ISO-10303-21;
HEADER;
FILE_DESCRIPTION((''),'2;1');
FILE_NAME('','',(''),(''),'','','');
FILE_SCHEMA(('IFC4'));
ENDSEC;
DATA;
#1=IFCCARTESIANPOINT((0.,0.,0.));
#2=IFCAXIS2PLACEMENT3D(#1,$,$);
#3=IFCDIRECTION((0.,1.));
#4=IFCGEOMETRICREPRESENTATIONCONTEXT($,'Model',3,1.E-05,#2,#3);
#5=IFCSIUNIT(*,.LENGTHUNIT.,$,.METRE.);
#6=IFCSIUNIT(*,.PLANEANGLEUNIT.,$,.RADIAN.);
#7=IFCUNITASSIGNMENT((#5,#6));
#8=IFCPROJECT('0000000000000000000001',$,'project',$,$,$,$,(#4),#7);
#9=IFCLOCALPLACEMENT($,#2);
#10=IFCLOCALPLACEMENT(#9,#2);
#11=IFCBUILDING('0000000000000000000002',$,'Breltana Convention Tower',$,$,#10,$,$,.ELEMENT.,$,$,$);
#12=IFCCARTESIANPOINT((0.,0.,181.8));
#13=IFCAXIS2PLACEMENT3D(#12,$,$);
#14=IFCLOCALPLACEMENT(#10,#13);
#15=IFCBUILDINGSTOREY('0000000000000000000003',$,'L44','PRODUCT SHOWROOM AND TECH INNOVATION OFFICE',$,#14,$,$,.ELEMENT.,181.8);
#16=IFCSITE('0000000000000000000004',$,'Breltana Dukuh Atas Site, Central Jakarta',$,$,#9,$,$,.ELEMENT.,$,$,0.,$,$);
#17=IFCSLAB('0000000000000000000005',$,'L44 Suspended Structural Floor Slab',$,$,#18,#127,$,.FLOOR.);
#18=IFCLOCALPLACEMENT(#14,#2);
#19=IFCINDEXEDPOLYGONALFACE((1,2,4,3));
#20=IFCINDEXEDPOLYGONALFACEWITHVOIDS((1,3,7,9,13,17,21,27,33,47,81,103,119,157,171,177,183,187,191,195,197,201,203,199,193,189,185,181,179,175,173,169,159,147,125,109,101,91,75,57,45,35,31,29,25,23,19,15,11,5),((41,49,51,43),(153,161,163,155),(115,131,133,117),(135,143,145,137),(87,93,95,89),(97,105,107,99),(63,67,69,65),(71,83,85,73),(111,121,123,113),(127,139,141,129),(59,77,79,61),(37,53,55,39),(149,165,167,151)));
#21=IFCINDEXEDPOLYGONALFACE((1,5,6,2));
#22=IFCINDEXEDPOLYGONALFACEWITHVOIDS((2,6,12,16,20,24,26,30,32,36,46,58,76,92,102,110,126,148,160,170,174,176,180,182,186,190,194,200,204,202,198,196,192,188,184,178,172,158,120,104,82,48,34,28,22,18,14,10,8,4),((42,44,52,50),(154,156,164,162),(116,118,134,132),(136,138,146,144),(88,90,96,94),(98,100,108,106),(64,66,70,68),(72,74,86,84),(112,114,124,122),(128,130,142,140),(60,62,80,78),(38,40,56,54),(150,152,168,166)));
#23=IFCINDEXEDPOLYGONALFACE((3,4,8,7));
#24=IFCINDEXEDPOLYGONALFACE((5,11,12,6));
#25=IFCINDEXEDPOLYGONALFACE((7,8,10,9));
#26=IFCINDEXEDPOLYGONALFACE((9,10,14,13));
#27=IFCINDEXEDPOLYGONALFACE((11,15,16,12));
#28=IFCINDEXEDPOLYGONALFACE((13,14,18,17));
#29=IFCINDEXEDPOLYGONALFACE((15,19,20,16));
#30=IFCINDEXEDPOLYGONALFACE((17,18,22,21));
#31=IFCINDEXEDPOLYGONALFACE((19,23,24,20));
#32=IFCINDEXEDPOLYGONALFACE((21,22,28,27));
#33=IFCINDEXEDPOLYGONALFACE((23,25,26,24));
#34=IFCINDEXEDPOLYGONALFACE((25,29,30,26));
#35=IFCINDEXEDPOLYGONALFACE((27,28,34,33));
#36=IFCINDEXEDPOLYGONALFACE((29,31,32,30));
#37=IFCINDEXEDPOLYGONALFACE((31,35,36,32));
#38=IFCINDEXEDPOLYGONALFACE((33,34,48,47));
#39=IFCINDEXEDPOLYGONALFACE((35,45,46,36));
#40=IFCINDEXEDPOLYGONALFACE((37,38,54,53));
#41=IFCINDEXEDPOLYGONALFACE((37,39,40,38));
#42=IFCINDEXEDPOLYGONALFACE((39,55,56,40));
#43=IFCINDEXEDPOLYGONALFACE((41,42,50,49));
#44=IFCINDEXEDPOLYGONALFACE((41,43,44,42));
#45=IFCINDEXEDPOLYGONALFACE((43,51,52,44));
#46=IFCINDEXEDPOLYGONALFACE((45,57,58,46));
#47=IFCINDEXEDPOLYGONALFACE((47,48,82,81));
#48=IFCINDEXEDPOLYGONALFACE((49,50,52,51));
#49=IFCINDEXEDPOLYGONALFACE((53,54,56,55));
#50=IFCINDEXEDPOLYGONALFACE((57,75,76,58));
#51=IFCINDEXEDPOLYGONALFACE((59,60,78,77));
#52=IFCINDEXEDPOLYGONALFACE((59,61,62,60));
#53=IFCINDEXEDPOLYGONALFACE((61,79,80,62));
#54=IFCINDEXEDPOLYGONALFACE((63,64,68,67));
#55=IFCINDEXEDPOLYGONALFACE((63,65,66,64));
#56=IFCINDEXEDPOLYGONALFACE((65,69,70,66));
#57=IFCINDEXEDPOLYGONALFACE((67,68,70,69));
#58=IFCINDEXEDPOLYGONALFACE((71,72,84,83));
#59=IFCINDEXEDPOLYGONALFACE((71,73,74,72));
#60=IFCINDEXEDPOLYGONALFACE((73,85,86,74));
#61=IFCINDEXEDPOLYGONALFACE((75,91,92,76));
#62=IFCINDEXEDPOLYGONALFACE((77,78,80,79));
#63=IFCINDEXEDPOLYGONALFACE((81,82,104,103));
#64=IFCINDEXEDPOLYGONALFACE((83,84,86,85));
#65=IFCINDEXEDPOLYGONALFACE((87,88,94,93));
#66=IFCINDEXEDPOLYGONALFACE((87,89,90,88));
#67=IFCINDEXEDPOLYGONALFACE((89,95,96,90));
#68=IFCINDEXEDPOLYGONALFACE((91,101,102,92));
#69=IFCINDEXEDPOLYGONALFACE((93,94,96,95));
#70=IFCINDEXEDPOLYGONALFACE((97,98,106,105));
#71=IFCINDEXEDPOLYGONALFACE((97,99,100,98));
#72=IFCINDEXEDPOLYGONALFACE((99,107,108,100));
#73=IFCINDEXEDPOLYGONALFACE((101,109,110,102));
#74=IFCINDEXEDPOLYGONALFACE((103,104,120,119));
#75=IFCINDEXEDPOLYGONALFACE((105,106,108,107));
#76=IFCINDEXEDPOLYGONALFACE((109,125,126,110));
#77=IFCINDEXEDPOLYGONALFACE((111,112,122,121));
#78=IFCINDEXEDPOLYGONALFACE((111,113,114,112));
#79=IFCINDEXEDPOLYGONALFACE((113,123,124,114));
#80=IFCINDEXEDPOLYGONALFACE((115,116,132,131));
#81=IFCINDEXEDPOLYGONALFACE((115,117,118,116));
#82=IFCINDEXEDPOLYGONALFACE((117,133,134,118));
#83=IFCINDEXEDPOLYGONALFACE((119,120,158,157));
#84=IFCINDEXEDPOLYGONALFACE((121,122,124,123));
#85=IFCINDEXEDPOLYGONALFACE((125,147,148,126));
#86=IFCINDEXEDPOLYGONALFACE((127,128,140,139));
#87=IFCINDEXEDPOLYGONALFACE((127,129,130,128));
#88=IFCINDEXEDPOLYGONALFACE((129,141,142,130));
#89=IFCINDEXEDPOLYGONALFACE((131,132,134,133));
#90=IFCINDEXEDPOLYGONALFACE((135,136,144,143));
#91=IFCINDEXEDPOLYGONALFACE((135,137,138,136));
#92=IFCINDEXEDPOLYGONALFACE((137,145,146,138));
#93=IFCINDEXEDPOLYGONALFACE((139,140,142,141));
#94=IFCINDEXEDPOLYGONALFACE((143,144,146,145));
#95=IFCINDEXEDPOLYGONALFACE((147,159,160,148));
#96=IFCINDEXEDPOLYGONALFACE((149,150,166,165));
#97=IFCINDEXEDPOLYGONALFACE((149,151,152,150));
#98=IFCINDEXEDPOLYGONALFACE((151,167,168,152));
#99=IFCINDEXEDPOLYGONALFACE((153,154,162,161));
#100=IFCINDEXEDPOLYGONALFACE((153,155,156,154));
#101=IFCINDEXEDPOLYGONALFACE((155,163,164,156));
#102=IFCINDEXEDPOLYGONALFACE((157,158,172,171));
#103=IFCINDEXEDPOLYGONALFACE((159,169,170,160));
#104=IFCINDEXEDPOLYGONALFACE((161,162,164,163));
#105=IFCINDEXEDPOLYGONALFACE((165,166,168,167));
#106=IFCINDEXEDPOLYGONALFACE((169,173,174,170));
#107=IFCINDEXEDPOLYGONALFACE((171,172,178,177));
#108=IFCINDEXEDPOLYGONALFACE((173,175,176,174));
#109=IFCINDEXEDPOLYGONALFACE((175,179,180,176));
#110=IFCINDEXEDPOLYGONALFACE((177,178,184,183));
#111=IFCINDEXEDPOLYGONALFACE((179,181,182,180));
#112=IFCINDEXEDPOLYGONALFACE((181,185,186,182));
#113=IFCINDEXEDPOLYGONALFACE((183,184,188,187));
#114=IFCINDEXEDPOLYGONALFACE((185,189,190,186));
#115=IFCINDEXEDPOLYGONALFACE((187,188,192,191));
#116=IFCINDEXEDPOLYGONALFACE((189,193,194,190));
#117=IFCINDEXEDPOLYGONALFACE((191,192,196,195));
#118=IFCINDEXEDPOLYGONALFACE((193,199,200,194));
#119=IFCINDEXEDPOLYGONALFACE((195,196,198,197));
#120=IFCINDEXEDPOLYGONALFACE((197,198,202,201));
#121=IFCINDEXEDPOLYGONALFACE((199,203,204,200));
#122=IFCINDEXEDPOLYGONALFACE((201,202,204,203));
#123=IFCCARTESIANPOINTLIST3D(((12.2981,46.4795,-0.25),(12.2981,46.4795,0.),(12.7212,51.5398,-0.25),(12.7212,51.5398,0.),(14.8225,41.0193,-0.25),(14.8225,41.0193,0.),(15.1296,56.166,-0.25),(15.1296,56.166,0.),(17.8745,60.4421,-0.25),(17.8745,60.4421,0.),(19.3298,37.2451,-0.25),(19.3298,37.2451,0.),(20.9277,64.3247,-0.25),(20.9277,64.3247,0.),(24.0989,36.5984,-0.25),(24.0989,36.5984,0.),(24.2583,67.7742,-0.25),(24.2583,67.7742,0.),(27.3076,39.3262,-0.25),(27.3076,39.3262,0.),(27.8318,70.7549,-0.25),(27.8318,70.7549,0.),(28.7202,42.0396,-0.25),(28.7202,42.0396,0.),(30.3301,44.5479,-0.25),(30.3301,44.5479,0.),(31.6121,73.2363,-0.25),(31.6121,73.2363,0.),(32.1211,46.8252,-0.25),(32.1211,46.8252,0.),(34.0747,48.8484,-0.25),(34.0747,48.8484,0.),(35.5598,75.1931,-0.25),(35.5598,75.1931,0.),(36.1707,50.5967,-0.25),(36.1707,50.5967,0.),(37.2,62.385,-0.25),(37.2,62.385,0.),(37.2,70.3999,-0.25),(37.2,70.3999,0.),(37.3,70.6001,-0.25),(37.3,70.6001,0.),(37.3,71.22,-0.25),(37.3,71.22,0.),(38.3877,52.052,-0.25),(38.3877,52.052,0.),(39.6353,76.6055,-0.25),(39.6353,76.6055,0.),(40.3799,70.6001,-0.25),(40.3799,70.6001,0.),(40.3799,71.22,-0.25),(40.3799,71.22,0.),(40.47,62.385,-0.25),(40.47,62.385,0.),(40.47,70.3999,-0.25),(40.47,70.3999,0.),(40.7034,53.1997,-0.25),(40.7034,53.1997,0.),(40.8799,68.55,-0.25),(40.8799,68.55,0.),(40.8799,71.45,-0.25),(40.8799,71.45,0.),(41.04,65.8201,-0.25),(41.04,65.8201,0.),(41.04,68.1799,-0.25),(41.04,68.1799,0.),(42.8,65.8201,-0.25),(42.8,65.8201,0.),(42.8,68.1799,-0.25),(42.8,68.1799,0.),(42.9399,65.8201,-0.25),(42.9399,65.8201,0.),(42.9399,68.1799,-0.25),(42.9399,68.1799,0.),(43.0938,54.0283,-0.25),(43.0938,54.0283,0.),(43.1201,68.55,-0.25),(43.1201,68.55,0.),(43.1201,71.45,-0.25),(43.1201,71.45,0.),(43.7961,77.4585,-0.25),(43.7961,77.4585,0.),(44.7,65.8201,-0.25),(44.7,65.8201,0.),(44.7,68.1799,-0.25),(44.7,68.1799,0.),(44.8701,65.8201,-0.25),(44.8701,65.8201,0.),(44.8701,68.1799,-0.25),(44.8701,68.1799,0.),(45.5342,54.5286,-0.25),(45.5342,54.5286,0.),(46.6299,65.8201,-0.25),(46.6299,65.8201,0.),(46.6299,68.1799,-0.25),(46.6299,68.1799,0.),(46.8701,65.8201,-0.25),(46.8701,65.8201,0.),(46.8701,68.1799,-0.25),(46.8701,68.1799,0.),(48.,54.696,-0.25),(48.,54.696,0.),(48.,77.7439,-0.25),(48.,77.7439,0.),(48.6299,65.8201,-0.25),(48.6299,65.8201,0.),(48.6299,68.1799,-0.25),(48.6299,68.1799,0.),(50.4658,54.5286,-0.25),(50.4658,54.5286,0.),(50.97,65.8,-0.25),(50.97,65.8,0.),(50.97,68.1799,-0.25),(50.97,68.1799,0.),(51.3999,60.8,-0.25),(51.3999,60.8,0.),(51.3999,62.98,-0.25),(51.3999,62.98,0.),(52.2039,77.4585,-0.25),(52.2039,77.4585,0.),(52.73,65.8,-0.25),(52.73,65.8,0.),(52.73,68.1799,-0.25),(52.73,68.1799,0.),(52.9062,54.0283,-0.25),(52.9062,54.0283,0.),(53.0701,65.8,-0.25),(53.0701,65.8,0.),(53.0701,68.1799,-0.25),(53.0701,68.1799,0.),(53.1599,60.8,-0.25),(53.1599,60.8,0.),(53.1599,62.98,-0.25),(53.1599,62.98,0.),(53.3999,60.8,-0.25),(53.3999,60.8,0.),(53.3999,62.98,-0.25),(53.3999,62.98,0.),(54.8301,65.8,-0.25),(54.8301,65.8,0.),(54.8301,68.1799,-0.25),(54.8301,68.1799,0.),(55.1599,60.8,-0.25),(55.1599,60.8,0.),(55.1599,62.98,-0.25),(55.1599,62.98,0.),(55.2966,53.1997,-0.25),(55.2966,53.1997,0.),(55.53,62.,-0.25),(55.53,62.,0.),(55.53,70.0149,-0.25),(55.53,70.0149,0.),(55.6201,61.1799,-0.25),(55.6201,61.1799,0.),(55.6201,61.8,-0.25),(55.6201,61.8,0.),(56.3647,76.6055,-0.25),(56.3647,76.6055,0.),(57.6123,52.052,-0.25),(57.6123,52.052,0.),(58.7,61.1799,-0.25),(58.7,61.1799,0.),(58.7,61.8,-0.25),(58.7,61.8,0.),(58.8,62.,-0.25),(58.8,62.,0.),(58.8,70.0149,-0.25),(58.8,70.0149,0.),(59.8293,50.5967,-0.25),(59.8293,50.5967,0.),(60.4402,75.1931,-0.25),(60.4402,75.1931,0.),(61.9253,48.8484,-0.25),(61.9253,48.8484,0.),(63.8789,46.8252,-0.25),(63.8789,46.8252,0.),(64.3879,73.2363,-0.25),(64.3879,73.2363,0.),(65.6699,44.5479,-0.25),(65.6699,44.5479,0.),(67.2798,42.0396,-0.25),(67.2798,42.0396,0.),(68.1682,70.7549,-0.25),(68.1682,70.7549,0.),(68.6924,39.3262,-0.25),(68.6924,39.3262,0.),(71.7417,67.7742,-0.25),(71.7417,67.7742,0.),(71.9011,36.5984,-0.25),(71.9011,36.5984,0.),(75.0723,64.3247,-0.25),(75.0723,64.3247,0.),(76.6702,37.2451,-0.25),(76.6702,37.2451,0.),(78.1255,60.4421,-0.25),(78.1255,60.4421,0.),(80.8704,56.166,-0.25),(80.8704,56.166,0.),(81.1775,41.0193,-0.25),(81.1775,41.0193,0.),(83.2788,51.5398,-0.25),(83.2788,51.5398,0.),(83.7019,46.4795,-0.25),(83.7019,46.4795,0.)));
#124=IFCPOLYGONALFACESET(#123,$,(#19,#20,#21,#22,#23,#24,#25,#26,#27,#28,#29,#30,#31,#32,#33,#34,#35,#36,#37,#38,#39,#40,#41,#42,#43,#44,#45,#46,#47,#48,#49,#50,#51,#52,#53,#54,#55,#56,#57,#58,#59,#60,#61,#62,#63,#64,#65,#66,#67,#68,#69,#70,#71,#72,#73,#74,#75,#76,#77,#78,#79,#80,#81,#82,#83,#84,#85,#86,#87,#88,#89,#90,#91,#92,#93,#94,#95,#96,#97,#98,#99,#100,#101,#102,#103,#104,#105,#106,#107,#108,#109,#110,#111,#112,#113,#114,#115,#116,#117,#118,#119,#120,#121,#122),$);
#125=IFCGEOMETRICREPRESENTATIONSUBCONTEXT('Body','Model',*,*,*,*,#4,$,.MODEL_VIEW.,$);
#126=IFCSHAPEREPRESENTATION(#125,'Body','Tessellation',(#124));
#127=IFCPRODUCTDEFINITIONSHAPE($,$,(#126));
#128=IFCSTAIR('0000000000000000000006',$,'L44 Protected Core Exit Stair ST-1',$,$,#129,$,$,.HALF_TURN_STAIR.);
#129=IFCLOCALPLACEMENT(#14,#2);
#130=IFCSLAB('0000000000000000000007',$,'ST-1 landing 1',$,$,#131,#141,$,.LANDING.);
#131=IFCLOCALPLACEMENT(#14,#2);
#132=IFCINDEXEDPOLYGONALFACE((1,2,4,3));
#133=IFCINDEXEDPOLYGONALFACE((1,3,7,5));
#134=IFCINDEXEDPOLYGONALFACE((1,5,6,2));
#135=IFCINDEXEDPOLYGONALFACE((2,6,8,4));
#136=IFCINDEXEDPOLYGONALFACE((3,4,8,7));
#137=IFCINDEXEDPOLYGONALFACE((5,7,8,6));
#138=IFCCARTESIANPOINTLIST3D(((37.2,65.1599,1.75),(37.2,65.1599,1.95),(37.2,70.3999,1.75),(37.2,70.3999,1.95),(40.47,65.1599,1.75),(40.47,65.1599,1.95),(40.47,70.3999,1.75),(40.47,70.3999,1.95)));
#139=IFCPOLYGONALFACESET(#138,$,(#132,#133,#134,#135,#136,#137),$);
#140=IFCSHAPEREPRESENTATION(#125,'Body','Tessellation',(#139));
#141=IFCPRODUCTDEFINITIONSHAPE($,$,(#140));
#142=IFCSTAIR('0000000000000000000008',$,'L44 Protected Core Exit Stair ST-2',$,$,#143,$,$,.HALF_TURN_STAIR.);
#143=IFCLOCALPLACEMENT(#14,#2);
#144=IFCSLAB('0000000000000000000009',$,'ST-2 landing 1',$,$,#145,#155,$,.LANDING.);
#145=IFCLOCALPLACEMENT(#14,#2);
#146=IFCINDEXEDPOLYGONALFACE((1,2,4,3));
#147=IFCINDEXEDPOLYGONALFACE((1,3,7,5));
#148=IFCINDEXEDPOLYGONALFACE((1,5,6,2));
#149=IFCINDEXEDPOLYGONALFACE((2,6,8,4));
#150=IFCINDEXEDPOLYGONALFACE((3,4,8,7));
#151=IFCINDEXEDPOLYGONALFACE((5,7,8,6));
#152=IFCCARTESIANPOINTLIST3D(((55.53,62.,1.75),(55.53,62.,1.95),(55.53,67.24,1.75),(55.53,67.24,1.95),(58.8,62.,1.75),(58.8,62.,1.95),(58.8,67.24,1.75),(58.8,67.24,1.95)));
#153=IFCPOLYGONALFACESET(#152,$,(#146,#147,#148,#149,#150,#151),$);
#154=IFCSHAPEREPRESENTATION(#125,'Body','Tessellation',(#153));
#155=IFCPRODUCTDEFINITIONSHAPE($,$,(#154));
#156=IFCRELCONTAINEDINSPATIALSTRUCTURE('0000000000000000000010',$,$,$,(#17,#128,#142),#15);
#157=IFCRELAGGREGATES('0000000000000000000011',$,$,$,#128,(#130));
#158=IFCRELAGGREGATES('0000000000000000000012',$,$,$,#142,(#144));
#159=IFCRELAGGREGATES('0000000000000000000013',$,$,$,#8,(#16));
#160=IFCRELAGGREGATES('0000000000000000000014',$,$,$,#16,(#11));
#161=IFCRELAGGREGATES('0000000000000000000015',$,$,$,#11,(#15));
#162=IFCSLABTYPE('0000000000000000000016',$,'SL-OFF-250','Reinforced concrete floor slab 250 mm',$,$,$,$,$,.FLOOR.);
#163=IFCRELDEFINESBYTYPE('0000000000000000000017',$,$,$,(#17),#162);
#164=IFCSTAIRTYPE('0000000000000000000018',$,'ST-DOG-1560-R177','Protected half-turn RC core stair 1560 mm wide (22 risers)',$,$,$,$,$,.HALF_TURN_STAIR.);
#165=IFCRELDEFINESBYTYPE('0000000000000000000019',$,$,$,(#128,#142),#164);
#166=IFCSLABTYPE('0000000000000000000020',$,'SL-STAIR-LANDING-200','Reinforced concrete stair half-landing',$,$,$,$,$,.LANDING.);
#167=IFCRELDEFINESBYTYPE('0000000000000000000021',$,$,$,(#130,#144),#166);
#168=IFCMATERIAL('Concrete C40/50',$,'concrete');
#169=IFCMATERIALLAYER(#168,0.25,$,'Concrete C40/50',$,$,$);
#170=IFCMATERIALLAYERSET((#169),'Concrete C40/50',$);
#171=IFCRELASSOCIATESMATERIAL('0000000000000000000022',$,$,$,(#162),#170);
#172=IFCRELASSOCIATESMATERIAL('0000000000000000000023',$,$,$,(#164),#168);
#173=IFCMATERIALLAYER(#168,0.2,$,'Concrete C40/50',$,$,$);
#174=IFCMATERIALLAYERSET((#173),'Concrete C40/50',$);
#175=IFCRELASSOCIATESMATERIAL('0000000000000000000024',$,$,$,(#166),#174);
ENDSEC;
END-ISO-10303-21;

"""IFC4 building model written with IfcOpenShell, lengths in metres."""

from ifc_helpers import new_model, si_unit, direction, frame, origin, place, context, subcontext, project, spatial, polyline, outline, extrude, material, layer, layer_set, type_object, element, aggregate, save


model = new_model("IFC4")

# Units and contexts
model_context = context("Model", 3, precision=1e-05, world=origin(), true_north=direction((0.0, 1.0)))
body_context = subcontext(model_context, "Body", "Model", "MODEL_VIEW")
ifc_project = project(units=[si_unit("LENGTHUNIT", "METRE"), si_unit("PLANEANGLEUNIT", "RADIAN")], contexts=[model_context])

# Site, building, storey
site_placement = place(None, origin())
site = spatial("IfcSite", under=ifc_project, at=site_placement, Name="Breltana Dukuh Atas Site, Central Jakarta", CompositionType="ELEMENT", RefElevation=0.0)
building_placement = place(site_placement, origin())
building = spatial("IfcBuilding", under=site, at=building_placement, Name="Breltana Convention Tower", CompositionType="ELEMENT")
storey_placement = place(building_placement, frame((0.0, 0.0, 181.8)))
storey = spatial("IfcBuildingStorey", under=building, at=storey_placement, Name="L44", Description="PRODUCT SHOWROOM AND TECH INNOVATION OFFICE", CompositionType="ELEMENT", Elevation=181.8)

# Slab
ifc_material_1 = material(Name="Concrete C40/50", Category="concrete")
ifc_layer_1 = layer(ifc_material_1, 0.25, Name="Concrete C40/50")
ifc_layer_set_1 = layer_set([ifc_layer_1], Name="Concrete C40/50")
slab_type_1 = type_object("IfcSlabType", Name="SL-OFF-250", Description="Reinforced concrete floor slab 250 mm", PredefinedType="FLOOR", material=ifc_layer_set_1)
slab_1_placement = place(storey_placement, frame((0.0, 0.0, -0.25)))
element("IfcSlab", 1, at=slab_1_placement, inside=storey, type_object=slab_type_1, Name="L44 Suspended Structural Floor Slab", PredefinedType="FLOOR", context=body_context, shape_type="SweptSolid", body=[
    extrude(outline(polyline([(83.2788, 51.5398), (80.8704, 56.166), (78.1255, 60.4421), (75.0723, 64.3247), (71.7417, 67.7742), (68.1682, 70.7549), (64.3879, 73.2363), (60.4402, 75.1931), (56.3647, 76.6055), (52.2039, 77.4585), (48.0, 77.7439), (43.7961, 77.4585), (39.6353, 76.6055), (35.5598, 75.1931), (31.6121, 73.2363), (27.8318, 70.7549), (24.2583, 67.7742), (20.9277, 64.3247), (17.8745, 60.4421), (15.1296, 56.166), (12.7212, 51.5398), (12.2981, 46.4795), (14.8225, 41.0193), (19.3298, 37.2451), (24.0989, 36.5984), (27.3076, 39.3262), (28.7202, 42.0396), (30.3301, 44.5479), (32.1211, 46.8252), (34.0747, 48.8484), (36.1707, 50.5967), (38.3877, 52.052), (40.7034, 53.1997), (43.0938, 54.0283), (45.5342, 54.5286), (48.0, 54.696), (50.4658, 54.5286), (52.9062, 54.0283), (55.2966, 53.1997), (57.6123, 52.052), (59.8293, 50.5967), (61.9253, 48.8484), (63.8789, 46.8252), (65.6699, 44.5479), (67.2798, 42.0396), (68.6924, 39.3262), (71.9011, 36.5984), (76.6702, 37.2451), (81.1775, 41.0193), (83.7019, 46.4795), (83.2788, 51.5398)]), holes=[polyline([(37.2, 62.385), (40.47, 62.385), (40.47, 70.3999), (37.2, 70.3999), (37.2, 62.385)]), polyline([(55.53, 62.0), (58.8, 62.0), (58.8, 70.0149), (55.53, 70.0149), (55.53, 62.0)]), polyline([(51.3999, 60.8), (53.1599, 60.8), (53.1599, 62.98), (51.3999, 62.98), (51.3999, 60.8)]), polyline([(53.3999, 60.8), (55.1599, 60.8), (55.1599, 62.98), (53.3999, 62.98), (53.3999, 60.8)]), polyline([(41.04, 65.8201), (42.8, 65.8201), (42.8, 68.1799), (41.04, 68.1799), (41.04, 65.8201)]), polyline([(42.9399, 65.8201), (44.7, 65.8201), (44.7, 68.1799), (42.9399, 68.1799), (42.9399, 65.8201)]), polyline([(44.8701, 65.8201), (46.6299, 65.8201), (46.6299, 68.1799), (44.8701, 68.1799), (44.8701, 65.8201)]), polyline([(46.8701, 65.8201), (48.6299, 65.8201), (48.6299, 68.1799), (46.8701, 68.1799), (46.8701, 65.8201)]), polyline([(50.97, 65.8), (52.73, 65.8), (52.73, 68.1799), (50.97, 68.1799), (50.97, 65.8)]), polyline([(53.0701, 65.8), (54.8301, 65.8), (54.8301, 68.1799), (53.0701, 68.1799), (53.0701, 65.8)]), polyline([(40.8799, 68.55), (43.1201, 68.55), (43.1201, 71.45), (40.8799, 71.45), (40.8799, 68.55)]), polyline([(37.3, 70.6001), (40.3799, 70.6001), (40.3799, 71.22), (37.3, 71.22), (37.3, 70.6001)]), polyline([(55.6201, 61.1799), (58.7, 61.1799), (58.7, 61.8), (55.6201, 61.8), (55.6201, 61.1799)])]), origin(), (0.0, 0.0, 1.0), 0.25),
])

# Stairs, slabs
stair_type = type_object("IfcStairType", Name="ST-DOG-1560-R177", Description="Protected half-turn RC core stair 1560 mm wide (22 risers)", PredefinedType="HALF_TURN_STAIR", material=ifc_material_1)
stair_1_placement = place(storey_placement, origin())
stair_1 = element("IfcStair", 2, at=stair_1_placement, inside=storey, type_object=stair_type, Name="L44 Protected Core Exit Stair ST-1", PredefinedType="HALF_TURN_STAIR")
ifc_layer_2 = layer(ifc_material_1, 0.2, Name="Concrete C40/50")
ifc_layer_set_2 = layer_set([ifc_layer_2], Name="Concrete C40/50")
slab_type_2 = type_object("IfcSlabType", Name="SL-STAIR-LANDING-200", Description="Reinforced concrete stair half-landing", PredefinedType="LANDING", material=ifc_layer_set_2)
slab_2_placement = place(storey_placement, frame((0.0, 0.0, 1.75)))
slab_2 = element("IfcSlab", 3, at=slab_2_placement, type_object=slab_type_2, Name="ST-1 landing 1", PredefinedType="LANDING", context=body_context, shape_type="SweptSolid", body=[
    extrude(outline(polyline([(40.47, 65.1599), (40.47, 70.3999), (37.2, 70.3999), (37.2, 65.1599), (40.47, 65.1599)])), origin(), (0.0, 0.0, 1.0), 0.2),
])
aggregate(stair_1, [slab_2])
stair_2_placement = place(storey_placement, origin())
stair_2 = element("IfcStair", 4, at=stair_2_placement, inside=storey, type_object=stair_type, Name="L44 Protected Core Exit Stair ST-2", PredefinedType="HALF_TURN_STAIR")
slab_3_placement = place(storey_placement, frame((0.0, 0.0, 1.75)))
slab_3 = element("IfcSlab", 5, at=slab_3_placement, type_object=slab_type_2, Name="ST-2 landing 1", PredefinedType="LANDING", context=body_context, shape_type="SweptSolid", body=[
    extrude(outline(polyline([(55.53, 67.24), (55.53, 62.0), (58.8, 62.0), (58.8, 67.24), (55.53, 67.24)])), origin(), (0.0, 0.0, 1.0), 0.2),
])
aggregate(stair_2, [slab_3])

save(model, "model.ifc")
